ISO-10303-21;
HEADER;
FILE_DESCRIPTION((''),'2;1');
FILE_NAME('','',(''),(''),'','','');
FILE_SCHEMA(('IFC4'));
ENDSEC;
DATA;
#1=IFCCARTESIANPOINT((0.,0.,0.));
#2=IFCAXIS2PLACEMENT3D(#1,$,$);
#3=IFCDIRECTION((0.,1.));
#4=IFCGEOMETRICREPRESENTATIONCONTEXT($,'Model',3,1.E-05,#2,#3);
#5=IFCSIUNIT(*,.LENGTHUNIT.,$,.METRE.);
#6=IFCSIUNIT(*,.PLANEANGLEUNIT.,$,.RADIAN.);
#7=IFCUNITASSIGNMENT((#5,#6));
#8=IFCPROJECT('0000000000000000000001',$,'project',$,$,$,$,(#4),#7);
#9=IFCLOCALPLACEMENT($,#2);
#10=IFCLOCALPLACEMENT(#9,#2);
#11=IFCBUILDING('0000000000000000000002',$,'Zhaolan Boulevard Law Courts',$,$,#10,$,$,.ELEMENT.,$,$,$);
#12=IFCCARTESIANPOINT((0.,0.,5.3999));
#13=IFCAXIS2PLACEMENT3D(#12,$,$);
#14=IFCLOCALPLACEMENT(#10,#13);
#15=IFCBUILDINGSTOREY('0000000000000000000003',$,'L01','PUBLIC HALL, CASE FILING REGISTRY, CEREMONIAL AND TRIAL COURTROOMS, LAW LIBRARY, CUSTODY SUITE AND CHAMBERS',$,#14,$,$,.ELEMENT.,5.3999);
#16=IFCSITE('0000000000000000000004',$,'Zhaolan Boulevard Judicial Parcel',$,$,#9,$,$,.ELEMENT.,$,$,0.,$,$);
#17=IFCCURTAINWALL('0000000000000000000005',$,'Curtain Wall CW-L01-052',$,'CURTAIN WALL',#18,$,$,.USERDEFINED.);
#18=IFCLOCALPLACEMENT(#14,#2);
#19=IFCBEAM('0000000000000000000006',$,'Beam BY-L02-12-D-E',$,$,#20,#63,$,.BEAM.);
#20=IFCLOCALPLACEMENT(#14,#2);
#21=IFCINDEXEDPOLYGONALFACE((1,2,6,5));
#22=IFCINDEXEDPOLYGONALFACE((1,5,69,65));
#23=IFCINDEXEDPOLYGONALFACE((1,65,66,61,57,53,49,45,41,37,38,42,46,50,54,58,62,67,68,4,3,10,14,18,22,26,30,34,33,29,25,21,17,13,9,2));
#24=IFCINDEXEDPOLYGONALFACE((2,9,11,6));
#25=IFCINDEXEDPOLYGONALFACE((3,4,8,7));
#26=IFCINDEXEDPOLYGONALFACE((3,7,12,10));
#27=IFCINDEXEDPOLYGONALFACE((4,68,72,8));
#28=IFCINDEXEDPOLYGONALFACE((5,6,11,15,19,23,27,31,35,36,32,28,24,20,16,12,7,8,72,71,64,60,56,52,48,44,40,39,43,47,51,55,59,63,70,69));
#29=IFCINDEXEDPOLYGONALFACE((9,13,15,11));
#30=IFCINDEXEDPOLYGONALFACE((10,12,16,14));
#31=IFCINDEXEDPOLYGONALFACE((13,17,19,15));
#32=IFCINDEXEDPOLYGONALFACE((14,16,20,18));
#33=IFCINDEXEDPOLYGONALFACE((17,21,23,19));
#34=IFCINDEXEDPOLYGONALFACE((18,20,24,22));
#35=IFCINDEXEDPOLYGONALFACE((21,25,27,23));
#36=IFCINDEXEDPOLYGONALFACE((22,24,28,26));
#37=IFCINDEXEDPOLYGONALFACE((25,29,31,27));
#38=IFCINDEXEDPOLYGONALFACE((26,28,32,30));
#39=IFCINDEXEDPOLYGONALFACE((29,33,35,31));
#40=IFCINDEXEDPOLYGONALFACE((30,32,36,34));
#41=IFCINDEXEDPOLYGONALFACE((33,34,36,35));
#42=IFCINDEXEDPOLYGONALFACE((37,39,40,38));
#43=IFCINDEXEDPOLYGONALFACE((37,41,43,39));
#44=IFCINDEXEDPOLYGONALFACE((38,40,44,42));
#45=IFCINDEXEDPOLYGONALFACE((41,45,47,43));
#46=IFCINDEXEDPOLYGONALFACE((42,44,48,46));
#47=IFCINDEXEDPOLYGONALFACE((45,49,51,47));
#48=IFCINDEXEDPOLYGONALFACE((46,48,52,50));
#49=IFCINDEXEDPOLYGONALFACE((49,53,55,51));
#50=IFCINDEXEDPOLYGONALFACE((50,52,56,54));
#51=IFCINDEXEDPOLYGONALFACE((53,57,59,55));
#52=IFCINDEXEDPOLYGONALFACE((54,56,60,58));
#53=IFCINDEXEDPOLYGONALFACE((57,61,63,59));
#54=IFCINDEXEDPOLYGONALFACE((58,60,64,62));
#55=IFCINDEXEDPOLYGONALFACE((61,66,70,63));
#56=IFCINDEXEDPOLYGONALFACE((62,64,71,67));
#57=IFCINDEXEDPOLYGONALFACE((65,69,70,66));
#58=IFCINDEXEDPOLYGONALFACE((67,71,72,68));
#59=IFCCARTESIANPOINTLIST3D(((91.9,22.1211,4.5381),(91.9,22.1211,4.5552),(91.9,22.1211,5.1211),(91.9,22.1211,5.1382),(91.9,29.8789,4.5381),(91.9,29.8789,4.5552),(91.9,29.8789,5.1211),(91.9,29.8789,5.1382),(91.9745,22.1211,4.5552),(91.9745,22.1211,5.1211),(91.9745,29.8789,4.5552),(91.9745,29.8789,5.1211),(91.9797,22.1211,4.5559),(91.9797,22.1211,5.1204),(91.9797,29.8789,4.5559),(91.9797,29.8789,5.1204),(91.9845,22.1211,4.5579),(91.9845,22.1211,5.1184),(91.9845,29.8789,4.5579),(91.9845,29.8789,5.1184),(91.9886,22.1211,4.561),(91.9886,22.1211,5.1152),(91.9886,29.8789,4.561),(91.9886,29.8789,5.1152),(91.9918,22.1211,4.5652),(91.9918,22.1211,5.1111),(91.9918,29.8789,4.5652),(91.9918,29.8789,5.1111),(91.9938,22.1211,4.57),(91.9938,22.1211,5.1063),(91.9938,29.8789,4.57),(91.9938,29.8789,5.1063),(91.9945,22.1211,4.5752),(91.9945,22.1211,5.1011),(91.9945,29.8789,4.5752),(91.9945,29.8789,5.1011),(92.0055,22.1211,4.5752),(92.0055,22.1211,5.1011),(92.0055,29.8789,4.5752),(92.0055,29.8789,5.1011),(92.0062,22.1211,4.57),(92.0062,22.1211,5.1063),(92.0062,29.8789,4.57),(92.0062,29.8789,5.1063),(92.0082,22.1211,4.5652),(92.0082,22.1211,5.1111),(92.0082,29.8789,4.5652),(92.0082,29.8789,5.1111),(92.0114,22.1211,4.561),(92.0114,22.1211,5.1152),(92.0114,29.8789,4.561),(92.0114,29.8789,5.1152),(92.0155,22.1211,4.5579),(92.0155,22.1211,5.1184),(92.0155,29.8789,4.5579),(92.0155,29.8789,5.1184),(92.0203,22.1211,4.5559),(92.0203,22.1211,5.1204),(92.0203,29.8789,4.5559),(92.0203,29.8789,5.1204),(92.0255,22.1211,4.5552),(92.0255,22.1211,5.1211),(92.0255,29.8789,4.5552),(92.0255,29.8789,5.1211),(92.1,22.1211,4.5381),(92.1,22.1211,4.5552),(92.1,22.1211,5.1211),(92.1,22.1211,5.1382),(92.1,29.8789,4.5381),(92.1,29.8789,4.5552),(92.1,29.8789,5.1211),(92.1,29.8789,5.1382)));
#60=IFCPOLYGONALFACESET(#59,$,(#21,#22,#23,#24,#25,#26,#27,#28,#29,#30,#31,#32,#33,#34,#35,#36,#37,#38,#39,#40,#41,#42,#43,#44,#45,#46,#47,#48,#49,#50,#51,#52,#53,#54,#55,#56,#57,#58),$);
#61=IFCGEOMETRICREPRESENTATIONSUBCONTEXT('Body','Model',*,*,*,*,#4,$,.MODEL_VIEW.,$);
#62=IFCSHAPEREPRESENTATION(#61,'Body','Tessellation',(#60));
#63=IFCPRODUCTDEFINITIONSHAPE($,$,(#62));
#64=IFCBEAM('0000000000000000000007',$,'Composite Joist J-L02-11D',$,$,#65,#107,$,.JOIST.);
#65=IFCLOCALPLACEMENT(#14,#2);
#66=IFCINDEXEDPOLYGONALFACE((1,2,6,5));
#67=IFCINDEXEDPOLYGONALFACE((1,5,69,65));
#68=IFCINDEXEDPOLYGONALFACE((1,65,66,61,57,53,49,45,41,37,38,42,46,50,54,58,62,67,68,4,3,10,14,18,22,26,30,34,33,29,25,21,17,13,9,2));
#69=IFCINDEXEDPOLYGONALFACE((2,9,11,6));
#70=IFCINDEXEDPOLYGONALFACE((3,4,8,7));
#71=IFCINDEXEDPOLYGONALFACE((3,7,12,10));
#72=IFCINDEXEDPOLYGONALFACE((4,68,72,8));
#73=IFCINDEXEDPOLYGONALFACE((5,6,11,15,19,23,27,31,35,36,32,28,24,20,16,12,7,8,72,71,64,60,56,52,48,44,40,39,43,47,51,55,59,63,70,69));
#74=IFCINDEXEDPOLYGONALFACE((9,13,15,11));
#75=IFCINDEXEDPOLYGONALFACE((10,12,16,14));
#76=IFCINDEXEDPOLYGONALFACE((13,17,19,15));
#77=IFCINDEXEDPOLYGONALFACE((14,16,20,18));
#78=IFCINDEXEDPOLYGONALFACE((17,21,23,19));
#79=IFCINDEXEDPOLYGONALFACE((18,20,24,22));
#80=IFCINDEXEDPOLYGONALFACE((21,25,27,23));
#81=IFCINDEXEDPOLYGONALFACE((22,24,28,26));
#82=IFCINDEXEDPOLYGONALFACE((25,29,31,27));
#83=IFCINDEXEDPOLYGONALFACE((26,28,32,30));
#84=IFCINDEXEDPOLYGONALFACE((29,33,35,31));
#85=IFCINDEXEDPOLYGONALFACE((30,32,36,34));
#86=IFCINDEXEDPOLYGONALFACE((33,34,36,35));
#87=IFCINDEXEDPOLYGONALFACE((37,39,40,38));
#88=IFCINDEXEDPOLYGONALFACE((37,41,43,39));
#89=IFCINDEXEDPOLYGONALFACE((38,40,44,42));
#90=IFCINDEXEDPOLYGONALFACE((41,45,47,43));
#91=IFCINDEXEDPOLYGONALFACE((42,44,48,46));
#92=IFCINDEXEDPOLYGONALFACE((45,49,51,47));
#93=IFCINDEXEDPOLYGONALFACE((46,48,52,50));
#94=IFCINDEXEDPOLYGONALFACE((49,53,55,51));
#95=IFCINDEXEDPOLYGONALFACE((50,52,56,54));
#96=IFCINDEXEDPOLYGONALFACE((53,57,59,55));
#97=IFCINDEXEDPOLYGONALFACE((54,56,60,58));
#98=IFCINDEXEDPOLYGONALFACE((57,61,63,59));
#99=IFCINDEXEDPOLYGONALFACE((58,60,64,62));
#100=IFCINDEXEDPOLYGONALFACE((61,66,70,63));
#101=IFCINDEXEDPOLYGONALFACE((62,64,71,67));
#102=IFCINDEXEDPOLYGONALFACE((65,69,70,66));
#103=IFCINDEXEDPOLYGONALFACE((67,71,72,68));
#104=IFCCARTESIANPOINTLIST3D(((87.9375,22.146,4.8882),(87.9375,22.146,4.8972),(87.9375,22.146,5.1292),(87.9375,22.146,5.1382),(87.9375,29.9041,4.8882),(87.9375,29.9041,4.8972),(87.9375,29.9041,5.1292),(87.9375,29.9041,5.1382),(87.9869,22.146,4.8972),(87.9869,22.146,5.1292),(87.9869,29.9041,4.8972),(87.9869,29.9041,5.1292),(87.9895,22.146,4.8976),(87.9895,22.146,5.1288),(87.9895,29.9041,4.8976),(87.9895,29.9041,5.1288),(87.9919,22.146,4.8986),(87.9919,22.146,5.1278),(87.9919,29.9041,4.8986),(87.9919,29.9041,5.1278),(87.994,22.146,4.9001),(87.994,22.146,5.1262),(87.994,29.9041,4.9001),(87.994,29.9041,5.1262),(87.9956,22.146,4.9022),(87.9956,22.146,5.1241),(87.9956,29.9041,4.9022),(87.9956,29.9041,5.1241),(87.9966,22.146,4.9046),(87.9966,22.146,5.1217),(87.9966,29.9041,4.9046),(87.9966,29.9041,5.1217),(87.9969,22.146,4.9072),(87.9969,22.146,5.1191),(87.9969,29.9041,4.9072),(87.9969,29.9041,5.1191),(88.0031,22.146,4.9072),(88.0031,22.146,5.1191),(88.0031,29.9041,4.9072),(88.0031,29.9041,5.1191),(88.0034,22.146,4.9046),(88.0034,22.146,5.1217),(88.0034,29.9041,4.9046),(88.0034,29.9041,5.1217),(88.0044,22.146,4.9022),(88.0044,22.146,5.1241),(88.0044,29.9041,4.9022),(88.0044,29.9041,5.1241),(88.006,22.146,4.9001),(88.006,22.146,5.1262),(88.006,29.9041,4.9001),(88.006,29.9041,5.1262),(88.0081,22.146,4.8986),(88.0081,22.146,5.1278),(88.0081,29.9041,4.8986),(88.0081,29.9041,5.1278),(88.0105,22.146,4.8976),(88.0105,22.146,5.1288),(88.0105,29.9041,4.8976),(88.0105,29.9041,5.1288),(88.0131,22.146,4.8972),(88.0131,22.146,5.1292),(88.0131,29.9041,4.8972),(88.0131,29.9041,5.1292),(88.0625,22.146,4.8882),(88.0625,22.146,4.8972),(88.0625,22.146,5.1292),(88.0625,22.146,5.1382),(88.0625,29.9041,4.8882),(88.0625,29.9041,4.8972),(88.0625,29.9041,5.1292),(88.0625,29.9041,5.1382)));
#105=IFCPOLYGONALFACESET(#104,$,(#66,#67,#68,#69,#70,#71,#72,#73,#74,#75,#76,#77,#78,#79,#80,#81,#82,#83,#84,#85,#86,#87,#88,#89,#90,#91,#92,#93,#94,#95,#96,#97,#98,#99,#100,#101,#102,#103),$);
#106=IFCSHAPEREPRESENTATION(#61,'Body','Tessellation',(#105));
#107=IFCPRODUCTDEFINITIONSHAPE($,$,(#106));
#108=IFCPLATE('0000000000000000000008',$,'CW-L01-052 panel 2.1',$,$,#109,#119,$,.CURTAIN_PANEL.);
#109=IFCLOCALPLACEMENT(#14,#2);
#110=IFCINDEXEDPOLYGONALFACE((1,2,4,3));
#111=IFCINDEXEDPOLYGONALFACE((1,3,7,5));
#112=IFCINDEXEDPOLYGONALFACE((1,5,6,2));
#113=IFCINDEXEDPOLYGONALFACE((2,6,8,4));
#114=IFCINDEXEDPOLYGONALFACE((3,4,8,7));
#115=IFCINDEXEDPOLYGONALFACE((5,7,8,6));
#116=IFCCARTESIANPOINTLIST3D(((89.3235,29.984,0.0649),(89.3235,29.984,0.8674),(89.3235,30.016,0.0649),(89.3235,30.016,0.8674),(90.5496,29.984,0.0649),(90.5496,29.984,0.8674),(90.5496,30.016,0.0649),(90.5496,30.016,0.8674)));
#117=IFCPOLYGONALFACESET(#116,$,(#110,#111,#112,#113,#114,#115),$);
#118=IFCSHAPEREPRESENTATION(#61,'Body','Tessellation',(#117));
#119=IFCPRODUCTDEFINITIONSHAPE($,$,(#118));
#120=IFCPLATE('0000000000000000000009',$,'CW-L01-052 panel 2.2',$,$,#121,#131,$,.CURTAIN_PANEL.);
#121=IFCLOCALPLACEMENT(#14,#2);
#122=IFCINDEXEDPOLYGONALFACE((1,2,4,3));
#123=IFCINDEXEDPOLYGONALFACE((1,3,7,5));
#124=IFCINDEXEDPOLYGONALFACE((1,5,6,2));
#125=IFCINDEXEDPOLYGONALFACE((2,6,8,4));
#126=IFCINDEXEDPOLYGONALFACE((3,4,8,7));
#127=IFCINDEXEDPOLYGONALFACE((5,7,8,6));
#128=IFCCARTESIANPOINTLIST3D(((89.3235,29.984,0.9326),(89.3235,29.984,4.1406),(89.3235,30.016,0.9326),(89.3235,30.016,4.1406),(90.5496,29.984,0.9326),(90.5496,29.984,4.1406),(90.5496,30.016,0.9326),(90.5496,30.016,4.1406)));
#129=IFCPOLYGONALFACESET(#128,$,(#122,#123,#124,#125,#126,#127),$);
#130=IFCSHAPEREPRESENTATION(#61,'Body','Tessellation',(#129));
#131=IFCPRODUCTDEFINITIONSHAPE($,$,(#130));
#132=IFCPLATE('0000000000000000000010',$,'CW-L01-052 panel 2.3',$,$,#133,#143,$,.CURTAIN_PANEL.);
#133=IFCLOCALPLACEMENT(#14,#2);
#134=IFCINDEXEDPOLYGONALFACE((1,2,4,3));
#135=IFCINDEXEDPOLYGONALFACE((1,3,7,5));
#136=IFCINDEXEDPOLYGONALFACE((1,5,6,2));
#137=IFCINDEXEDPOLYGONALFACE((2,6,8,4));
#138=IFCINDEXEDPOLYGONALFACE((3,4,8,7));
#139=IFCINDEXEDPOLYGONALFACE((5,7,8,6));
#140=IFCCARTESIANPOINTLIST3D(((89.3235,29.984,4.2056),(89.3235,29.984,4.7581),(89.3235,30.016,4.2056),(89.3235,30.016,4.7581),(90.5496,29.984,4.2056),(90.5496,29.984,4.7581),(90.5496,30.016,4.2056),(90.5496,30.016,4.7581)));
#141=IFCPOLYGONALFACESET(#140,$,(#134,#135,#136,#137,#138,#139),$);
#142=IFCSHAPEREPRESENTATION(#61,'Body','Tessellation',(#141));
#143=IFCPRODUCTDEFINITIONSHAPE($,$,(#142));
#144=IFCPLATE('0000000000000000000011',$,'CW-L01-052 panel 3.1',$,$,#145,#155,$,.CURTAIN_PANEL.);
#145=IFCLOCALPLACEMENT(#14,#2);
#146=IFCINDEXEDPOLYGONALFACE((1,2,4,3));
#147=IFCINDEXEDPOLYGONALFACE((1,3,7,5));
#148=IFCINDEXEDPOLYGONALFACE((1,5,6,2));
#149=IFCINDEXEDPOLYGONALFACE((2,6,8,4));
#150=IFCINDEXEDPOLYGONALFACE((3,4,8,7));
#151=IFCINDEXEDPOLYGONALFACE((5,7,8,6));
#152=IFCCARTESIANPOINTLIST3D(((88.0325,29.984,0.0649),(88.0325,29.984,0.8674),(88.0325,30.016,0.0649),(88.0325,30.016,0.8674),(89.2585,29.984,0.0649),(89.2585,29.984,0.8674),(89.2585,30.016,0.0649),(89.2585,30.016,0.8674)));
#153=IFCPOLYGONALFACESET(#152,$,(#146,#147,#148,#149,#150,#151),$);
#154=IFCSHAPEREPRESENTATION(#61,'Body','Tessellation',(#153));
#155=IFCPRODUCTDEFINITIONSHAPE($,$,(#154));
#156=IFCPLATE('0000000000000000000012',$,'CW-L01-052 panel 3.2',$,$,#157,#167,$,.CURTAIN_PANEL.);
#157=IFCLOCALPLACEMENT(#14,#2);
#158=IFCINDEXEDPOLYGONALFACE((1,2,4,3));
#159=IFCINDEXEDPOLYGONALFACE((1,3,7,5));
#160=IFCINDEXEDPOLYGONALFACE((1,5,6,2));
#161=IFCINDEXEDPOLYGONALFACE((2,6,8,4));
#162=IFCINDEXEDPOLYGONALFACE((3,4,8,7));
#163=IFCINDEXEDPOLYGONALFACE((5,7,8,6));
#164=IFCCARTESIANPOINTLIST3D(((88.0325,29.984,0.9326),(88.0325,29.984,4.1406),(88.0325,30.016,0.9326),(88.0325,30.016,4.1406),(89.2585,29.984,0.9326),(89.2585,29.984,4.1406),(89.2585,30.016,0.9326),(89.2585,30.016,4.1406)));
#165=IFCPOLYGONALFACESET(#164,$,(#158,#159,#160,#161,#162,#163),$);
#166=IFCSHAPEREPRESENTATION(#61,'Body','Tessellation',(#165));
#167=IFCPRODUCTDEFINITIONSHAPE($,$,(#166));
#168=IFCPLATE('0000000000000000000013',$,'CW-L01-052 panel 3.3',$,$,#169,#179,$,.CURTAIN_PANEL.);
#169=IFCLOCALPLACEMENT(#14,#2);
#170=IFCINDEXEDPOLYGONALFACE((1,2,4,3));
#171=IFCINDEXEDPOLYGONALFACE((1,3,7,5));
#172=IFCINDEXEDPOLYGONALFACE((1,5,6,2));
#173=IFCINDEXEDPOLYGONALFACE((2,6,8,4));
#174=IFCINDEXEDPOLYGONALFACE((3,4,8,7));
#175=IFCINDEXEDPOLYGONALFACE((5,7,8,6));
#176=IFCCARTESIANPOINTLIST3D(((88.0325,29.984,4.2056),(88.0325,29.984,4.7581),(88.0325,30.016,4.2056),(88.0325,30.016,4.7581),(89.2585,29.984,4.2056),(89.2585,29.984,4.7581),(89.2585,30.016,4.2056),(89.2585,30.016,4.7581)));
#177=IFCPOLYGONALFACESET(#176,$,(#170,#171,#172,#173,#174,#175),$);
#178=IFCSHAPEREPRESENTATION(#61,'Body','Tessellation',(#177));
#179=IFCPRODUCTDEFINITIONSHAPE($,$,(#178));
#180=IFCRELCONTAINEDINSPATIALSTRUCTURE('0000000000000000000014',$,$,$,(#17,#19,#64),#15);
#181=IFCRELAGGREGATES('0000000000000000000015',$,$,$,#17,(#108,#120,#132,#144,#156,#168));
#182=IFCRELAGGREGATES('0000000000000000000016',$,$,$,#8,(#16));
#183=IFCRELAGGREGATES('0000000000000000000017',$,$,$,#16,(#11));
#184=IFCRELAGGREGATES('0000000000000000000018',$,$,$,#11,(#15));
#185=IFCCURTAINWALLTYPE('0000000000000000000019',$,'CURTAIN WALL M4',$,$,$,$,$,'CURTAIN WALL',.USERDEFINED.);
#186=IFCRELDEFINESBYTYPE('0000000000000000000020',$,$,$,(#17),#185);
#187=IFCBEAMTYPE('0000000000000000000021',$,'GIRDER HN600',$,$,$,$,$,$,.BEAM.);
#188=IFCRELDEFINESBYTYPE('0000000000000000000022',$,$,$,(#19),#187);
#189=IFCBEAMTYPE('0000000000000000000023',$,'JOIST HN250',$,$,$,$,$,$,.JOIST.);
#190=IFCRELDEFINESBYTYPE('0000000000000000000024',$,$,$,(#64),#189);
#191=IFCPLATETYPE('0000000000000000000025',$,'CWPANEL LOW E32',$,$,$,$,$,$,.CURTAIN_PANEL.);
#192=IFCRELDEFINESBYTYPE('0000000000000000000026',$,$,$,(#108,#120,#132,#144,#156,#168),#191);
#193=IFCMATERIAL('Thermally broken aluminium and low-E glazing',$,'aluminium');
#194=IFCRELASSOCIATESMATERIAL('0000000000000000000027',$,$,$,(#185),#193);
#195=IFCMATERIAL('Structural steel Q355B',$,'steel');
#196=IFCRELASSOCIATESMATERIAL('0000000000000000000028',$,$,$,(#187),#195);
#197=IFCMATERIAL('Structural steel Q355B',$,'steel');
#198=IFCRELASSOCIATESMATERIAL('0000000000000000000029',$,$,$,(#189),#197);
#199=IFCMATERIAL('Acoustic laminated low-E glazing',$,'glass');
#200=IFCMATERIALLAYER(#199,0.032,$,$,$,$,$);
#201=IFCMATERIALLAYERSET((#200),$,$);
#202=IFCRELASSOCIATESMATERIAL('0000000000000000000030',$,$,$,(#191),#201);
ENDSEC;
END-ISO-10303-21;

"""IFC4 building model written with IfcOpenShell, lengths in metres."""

from ifc_helpers import new_model, si_unit, direction, frame, origin, origin_2d, place, context, subcontext, project, spatial, rectangle, i_section, extrude, material, layer, layer_set, material_profile, profile_set, type_object, element, aggregate, save


model = new_model("IFC4")

# Units and contexts
model_context = context("Model", 3, precision=1e-05, world=origin(), true_north=direction((0.0, 1.0)))
body_context = subcontext(model_context, "Body", "Model", "MODEL_VIEW")
ifc_project = project(units=[si_unit("LENGTHUNIT", "METRE"), si_unit("PLANEANGLEUNIT", "RADIAN")], contexts=[model_context])

# Site, building, storey
site_placement = place(None, origin())
site = spatial("IfcSite", under=ifc_project, at=site_placement, Name="Zhaolan Boulevard Judicial Parcel", CompositionType="ELEMENT", RefElevation=0.0)
building_placement = place(site_placement, origin())
building = spatial("IfcBuilding", under=site, at=building_placement, Name="Zhaolan Boulevard Law Courts", CompositionType="ELEMENT")
storey_placement = place(building_placement, frame((0.0, 0.0, 5.3999)))
storey = spatial("IfcBuildingStorey", under=building, at=storey_placement, Name="L01", Description="PUBLIC HALL, CASE FILING REGISTRY, CEREMONIAL AND TRIAL COURTROOMS, LAW LIBRARY, CUSTODY SUITE AND CHAMBERS", CompositionType="ELEMENT", Elevation=5.3999)

# Curtain wall
ifc_material_1 = material(Name="Thermally broken aluminium and low-E glazing", Category="aluminium")
curtain_wall_type = type_object("IfcCurtainWallType", Name="CURTAIN WALL M4", ElementType="CURTAIN WALL", PredefinedType="USERDEFINED", material=ifc_material_1)
curtain_wall_placement = place(storey_placement, origin())
curtain_wall = element("IfcCurtainWall", 1, at=curtain_wall_placement, inside=storey, type_object=curtain_wall_type, Name="Curtain Wall CW-L01-052", ObjectType="CURTAIN WALL", PredefinedType="USERDEFINED")

# Beams
ifc_material_2 = material(Name="Structural steel Q355B", Category="steel")
ifc_material_profile_1 = material_profile(ifc_material_2, i_section(OverallWidth=0.2, OverallDepth=0.6001, WebThickness=0.011, FlangeThickness=0.0171, FilletRadius=0.02, at=origin_2d()), Name="HN600x200")
ifc_profile_set_1 = profile_set([ifc_material_profile_1], Name="Structural steel Q355B")
beam_type_1 = type_object("IfcBeamType", Name="GIRDER HN600", PredefinedType="BEAM", material=ifc_profile_set_1)
beam_1_placement = place(storey_placement, frame((92.0, 22.1211, 4.8381), z_axis=(0.0, 1.0, 0.0), x_axis=(-1.0, 0.0, 0.0)))
element("IfcBeam", 2, at=beam_1_placement, inside=storey, type_object=beam_type_1, Name="Beam BY-L02-12-D-E", PredefinedType="BEAM", context=body_context, shape_type="SweptSolid", body=[
    extrude(i_section(OverallWidth=0.2, OverallDepth=0.6001, WebThickness=0.011, FlangeThickness=0.0171, FilletRadius=0.02, at=origin_2d()), origin(), (0.0, 0.0, 1.0), 7.7578),
])
ifc_material_3 = material(Name="Structural steel Q355B", Category="steel")
ifc_material_profile_2 = material_profile(ifc_material_3, i_section(OverallWidth=0.125, OverallDepth=0.25, WebThickness=0.0061, FlangeThickness=0.009, FilletRadius=0.01, at=origin_2d()), Name="HN250x125")
ifc_profile_set_2 = profile_set([ifc_material_profile_2], Name="Structural steel Q355B")
beam_type_2 = type_object("IfcBeamType", Name="JOIST HN250", PredefinedType="JOIST", material=ifc_profile_set_2)
beam_2_placement = place(storey_placement, frame((88.0, 22.146, 5.0132), z_axis=(0.0, 1.0, 0.0), x_axis=(-1.0, 0.0, 0.0)))
element("IfcBeam", 3, at=beam_2_placement, inside=storey, type_object=beam_type_2, Name="Composite Joist J-L02-11D", PredefinedType="JOIST", context=body_context, shape_type="SweptSolid", body=[
    extrude(i_section(OverallWidth=0.125, OverallDepth=0.25, WebThickness=0.0061, FlangeThickness=0.009, FilletRadius=0.01, at=origin_2d()), origin(), (0.0, 0.0, 1.0), 7.7581),
])

# Plates
ifc_material_4 = material(Name="Acoustic laminated low-E glazing", Category="glass")
ifc_layer_1 = layer(ifc_material_4, 0.032)
ifc_layer_set_1 = layer_set([ifc_layer_1])
plate_type = type_object("IfcPlateType", Name="CWPANEL LOW E32", PredefinedType="CURTAIN_PANEL", material=ifc_layer_set_1)
plate_1_placement = place(storey_placement, frame((89.9365, 30.0, 0.0649), z_axis=(0.0, 0.0, 1.0), x_axis=(-1.0, 0.0, 0.0)))
plate_1 = element("IfcPlate", 4, at=plate_1_placement, type_object=plate_type, Name="CW-L01-052 panel 2.1", PredefinedType="CURTAIN_PANEL", context=body_context, shape_type="SweptSolid", body=[
    extrude(rectangle(XDim=1.2261, YDim=0.032, at=origin_2d()), origin(), (0.0, 0.0, 1.0), 0.8025),
])
plate_2_placement = place(storey_placement, frame((89.9365, 30.0, 0.9326), z_axis=(0.0, 0.0, 1.0), x_axis=(-1.0, 0.0, 0.0)))
plate_2 = element("IfcPlate", 5, at=plate_2_placement, type_object=plate_type, Name="CW-L01-052 panel 2.2", PredefinedType="CURTAIN_PANEL", context=body_context, shape_type="SweptSolid", body=[
    extrude(rectangle(XDim=1.2261, YDim=0.032, at=origin_2d()), origin(), (0.0, 0.0, 1.0), 3.208),
])
plate_3_placement = place(storey_placement, frame((89.9365, 30.0, 4.2056), z_axis=(0.0, 0.0, 1.0), x_axis=(-1.0, 0.0, 0.0)))
plate_3 = element("IfcPlate", 6, at=plate_3_placement, type_object=plate_type, Name="CW-L01-052 panel 2.3", PredefinedType="CURTAIN_PANEL", context=body_context, shape_type="SweptSolid", body=[
    extrude(rectangle(XDim=1.2261, YDim=0.032, at=origin_2d()), origin(), (0.0, 0.0, 1.0), 0.5525),
])
plate_4_placement = place(storey_placement, frame((88.6455, 30.0, 0.0649), z_axis=(0.0, 0.0, 1.0), x_axis=(-1.0, 0.0, 0.0)))
plate_4 = element("IfcPlate", 7, at=plate_4_placement, type_object=plate_type, Name="CW-L01-052 panel 3.1", PredefinedType="CURTAIN_PANEL", context=body_context, shape_type="SweptSolid", body=[
    extrude(rectangle(XDim=1.2261, YDim=0.032, at=origin_2d()), origin(), (0.0, 0.0, 1.0), 0.8025),
])
plate_5_placement = place(storey_placement, frame((88.6455, 30.0, 0.9326), z_axis=(0.0, 0.0, 1.0), x_axis=(-1.0, 0.0, 0.0)))
plate_5 = element("IfcPlate", 8, at=plate_5_placement, type_object=plate_type, Name="CW-L01-052 panel 3.2", PredefinedType="CURTAIN_PANEL", context=body_context, shape_type="SweptSolid", body=[
    extrude(rectangle(XDim=1.2261, YDim=0.032, at=origin_2d()), origin(), (0.0, 0.0, 1.0), 3.208),
])
plate_6_placement = place(storey_placement, frame((88.6455, 30.0, 4.2056), z_axis=(0.0, 0.0, 1.0), x_axis=(-1.0, 0.0, 0.0)))
plate_6 = element("IfcPlate", 9, at=plate_6_placement, type_object=plate_type, Name="CW-L01-052 panel 3.3", PredefinedType="CURTAIN_PANEL", context=body_context, shape_type="SweptSolid", body=[
    extrude(rectangle(XDim=1.2261, YDim=0.032, at=origin_2d()), origin(), (0.0, 0.0, 1.0), 0.5525),
])
aggregate(curtain_wall, [plate_1, plate_2, plate_3, plate_4, plate_5, plate_6])

save(model, "model.ifc")
